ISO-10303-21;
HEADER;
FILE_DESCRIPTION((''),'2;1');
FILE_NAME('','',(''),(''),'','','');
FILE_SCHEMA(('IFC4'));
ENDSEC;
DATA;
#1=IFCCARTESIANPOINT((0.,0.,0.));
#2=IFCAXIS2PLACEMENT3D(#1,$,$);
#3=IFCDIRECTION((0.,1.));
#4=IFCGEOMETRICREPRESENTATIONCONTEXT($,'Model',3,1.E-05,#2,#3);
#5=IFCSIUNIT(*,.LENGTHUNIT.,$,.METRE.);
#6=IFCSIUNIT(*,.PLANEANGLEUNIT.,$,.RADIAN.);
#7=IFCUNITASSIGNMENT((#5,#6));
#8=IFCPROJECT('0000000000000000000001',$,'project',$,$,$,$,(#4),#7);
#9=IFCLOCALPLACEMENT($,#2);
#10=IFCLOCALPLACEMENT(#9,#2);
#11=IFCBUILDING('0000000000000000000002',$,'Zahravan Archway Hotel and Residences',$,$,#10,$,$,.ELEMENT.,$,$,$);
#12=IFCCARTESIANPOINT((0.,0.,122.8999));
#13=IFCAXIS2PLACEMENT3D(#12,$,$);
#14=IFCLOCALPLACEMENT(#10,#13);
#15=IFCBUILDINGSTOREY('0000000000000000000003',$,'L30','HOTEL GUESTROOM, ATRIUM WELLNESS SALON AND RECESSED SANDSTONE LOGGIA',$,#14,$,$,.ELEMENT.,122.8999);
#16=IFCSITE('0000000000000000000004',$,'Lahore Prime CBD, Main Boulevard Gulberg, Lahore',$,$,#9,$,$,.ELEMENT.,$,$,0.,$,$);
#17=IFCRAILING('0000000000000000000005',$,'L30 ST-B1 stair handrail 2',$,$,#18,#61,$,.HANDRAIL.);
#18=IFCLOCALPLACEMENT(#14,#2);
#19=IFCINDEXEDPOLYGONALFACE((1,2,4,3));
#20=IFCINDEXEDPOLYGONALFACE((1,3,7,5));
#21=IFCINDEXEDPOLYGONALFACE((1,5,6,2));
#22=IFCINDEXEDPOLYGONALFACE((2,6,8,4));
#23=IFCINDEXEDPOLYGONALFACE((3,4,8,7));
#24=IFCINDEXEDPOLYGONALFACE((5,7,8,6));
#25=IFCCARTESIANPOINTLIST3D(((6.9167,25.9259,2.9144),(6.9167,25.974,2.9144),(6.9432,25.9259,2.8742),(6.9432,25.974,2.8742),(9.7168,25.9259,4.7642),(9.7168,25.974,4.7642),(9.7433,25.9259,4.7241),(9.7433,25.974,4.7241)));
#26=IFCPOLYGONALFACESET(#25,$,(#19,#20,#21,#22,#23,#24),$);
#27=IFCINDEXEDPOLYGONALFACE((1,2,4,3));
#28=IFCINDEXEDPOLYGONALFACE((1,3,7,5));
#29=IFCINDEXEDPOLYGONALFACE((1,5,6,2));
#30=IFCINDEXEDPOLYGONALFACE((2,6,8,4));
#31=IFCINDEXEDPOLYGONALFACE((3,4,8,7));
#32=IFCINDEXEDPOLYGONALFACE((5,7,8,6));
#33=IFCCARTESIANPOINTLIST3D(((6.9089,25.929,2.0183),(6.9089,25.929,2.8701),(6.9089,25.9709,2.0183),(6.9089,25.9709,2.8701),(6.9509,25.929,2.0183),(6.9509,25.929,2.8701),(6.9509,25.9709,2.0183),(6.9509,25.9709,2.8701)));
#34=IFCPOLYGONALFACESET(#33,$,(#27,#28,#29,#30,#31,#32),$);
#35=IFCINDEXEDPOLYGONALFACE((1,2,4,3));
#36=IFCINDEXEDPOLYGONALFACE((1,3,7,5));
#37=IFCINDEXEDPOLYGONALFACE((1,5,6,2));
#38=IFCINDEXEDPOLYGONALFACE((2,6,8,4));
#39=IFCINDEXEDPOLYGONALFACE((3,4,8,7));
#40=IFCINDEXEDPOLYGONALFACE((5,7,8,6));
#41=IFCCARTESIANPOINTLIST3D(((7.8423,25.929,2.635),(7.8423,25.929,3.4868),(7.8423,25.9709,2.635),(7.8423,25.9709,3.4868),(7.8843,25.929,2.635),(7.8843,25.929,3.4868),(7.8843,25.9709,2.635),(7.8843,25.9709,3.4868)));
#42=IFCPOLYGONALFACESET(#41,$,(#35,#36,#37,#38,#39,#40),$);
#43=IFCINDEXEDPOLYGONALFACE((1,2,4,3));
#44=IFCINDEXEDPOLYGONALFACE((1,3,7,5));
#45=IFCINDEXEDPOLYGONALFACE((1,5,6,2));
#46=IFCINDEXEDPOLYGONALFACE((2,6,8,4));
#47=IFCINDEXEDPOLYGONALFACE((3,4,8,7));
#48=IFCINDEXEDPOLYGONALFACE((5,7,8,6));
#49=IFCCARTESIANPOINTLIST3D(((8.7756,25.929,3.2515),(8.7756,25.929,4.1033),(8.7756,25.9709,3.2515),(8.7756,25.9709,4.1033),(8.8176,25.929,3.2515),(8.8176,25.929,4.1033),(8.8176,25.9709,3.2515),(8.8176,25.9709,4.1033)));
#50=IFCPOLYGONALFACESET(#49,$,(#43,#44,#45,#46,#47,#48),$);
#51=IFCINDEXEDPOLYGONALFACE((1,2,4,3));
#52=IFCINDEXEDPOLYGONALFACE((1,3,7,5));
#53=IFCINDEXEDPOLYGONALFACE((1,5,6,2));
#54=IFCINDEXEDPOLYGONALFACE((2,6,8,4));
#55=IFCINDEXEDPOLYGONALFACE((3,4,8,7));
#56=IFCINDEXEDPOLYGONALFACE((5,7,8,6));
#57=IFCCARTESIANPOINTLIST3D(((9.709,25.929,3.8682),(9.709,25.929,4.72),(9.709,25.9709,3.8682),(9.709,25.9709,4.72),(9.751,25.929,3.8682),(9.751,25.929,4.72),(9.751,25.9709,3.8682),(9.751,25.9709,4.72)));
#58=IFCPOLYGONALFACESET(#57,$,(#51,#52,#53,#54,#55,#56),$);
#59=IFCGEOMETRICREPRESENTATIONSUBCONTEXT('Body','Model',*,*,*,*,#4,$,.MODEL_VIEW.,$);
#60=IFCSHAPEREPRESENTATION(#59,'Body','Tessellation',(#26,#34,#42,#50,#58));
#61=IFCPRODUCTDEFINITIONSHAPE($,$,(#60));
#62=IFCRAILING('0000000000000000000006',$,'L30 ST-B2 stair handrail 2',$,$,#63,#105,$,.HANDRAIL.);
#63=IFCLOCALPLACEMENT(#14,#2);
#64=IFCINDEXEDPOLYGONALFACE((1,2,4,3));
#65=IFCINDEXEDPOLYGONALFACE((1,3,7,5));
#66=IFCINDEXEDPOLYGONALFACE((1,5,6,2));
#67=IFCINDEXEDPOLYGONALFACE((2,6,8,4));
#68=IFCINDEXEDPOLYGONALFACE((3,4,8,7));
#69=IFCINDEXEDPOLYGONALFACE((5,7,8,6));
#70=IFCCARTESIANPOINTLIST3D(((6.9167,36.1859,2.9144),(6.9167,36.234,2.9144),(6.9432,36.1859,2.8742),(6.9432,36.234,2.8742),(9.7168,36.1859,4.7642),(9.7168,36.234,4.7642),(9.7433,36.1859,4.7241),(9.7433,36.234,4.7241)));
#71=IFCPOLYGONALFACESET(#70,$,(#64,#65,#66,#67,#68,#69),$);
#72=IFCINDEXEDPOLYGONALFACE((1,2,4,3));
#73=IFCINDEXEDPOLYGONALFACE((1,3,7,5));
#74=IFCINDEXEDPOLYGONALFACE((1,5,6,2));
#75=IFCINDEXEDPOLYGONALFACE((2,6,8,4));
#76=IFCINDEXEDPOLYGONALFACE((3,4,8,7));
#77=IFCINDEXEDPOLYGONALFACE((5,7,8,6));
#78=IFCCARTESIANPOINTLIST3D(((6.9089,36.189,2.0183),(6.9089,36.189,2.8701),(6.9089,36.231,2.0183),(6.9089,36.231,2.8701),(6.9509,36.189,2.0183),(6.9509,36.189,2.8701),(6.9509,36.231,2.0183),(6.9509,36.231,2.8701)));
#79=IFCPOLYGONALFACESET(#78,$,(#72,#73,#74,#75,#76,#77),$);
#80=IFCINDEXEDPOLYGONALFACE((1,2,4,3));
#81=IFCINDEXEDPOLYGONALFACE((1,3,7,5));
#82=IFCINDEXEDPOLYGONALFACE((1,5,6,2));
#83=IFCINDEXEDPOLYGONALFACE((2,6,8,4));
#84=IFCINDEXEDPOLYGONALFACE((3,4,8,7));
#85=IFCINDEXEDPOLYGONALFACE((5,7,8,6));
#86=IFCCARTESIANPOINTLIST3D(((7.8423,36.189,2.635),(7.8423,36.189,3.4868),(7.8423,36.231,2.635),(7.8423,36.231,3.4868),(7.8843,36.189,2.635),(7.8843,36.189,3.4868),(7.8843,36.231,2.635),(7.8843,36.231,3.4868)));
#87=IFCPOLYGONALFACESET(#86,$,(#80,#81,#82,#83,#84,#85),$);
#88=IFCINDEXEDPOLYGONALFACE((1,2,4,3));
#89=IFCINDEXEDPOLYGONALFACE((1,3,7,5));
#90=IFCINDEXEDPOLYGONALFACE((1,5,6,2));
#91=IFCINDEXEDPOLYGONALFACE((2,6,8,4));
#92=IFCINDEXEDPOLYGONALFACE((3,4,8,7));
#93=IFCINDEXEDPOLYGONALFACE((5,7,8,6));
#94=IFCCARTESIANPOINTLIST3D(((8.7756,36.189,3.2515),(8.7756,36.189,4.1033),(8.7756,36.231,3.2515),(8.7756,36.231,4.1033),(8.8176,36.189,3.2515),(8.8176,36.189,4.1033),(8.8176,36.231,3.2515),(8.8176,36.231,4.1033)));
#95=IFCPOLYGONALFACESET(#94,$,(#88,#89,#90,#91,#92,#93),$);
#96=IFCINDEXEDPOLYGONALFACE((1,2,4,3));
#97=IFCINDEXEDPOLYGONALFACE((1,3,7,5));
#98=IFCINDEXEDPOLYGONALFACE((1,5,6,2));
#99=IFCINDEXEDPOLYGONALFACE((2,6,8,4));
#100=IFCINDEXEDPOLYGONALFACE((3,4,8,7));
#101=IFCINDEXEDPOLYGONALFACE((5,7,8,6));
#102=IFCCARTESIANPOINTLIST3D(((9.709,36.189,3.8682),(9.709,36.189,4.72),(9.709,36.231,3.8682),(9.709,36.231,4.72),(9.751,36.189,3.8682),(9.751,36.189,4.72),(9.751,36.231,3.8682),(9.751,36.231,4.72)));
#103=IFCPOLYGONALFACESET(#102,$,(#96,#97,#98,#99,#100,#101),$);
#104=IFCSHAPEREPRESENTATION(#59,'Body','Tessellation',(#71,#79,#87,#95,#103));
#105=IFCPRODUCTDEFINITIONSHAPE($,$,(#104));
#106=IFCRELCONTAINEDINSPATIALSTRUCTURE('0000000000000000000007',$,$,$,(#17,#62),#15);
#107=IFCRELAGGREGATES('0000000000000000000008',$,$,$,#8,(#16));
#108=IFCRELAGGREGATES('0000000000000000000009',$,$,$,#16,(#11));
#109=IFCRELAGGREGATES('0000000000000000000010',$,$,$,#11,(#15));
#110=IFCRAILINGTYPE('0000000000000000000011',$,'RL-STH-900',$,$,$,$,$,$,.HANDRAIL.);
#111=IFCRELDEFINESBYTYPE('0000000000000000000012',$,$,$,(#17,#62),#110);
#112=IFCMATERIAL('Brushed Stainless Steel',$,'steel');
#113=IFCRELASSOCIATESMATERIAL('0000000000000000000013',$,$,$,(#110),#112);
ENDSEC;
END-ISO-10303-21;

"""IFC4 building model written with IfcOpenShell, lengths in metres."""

from ifc_helpers import new_model, si_unit, direction, frame, origin, origin_2d, place, context, subcontext, project, spatial, rectangle, extrude, material, type_object, element, save


model = new_model("IFC4")

# Units and contexts
model_context = context("Model", 3, precision=1e-05, world=origin(), true_north=direction((0.0, 1.0)))
body_context = subcontext(model_context, "Body", "Model", "MODEL_VIEW")
ifc_project = project(units=[si_unit("LENGTHUNIT", "METRE"), si_unit("PLANEANGLEUNIT", "RADIAN")], contexts=[model_context])

# Site, building, storey
site_placement = place(None, origin())
site = spatial("IfcSite", under=ifc_project, at=site_placement, Name="Lahore Prime CBD, Main Boulevard Gulberg, Lahore", CompositionType="ELEMENT", RefElevation=0.0)
building_placement = place(site_placement, origin())
building = spatial("IfcBuilding", under=site, at=building_placement, Name="Zahravan Archway Hotel and Residences", CompositionType="ELEMENT")
storey_placement = place(building_placement, frame((0.0, 0.0, 122.8999)))
storey = spatial("IfcBuildingStorey", under=building, at=storey_placement, Name="L30", Description="HOTEL GUESTROOM, ATRIUM WELLNESS SALON AND RECESSED SANDSTONE LOGGIA", CompositionType="ELEMENT", Elevation=122.8999)

# Shared definitions
ifc_material_1 = material(Name="Brushed Stainless Steel", Category="steel")

# Railings
railing_type_1 = type_object("IfcRailingType", Name="RL-STH-900", PredefinedType="HANDRAIL", material=ifc_material_1)
for number, where, name in (
    (1, (6.9299, 25.95, 2.0183), "L30 ST-B1 stair handrail 2"),
    (2, (6.9299, 36.21, 2.0183), "L30 ST-B2 stair handrail 2"),
):
    element("IfcRailing", number, at=place(storey_placement, frame(where)), inside=storey, type_object=railing_type_1, Name=name, PredefinedType="HANDRAIL", context=body_context, shape_type="SweptSolid", body=[
        extrude(rectangle(XDim=0.0481, YDim=0.0481, at=origin_2d()), frame((0.0, 0.0, 0.876), z_axis=(0.83436, 0.0, 0.55122), x_axis=(0.0, 1.0, 0.0)), (0.0, 0.0, 1.0), 3.356),
        extrude(rectangle(XDim=0.042, YDim=0.042, at=origin_2d()), origin(), (0.0, 0.0, 1.0), 0.8518),
        extrude(rectangle(XDim=0.042, YDim=0.042, at=origin_2d()), frame((0.9333, 0.0, 0.6167)), (0.0, 0.0, 1.0), 0.8518),
        extrude(rectangle(XDim=0.042, YDim=0.042, at=origin_2d()), frame((1.8667, 0.0, 1.2332)), (0.0, 0.0, 1.0), 0.8518),
        extrude(rectangle(XDim=0.042, YDim=0.042, at=origin_2d()), frame((2.8, 0.0, 1.8499)), (0.0, 0.0, 1.0), 0.8518),
    ])

save(model, "model.ifc")
